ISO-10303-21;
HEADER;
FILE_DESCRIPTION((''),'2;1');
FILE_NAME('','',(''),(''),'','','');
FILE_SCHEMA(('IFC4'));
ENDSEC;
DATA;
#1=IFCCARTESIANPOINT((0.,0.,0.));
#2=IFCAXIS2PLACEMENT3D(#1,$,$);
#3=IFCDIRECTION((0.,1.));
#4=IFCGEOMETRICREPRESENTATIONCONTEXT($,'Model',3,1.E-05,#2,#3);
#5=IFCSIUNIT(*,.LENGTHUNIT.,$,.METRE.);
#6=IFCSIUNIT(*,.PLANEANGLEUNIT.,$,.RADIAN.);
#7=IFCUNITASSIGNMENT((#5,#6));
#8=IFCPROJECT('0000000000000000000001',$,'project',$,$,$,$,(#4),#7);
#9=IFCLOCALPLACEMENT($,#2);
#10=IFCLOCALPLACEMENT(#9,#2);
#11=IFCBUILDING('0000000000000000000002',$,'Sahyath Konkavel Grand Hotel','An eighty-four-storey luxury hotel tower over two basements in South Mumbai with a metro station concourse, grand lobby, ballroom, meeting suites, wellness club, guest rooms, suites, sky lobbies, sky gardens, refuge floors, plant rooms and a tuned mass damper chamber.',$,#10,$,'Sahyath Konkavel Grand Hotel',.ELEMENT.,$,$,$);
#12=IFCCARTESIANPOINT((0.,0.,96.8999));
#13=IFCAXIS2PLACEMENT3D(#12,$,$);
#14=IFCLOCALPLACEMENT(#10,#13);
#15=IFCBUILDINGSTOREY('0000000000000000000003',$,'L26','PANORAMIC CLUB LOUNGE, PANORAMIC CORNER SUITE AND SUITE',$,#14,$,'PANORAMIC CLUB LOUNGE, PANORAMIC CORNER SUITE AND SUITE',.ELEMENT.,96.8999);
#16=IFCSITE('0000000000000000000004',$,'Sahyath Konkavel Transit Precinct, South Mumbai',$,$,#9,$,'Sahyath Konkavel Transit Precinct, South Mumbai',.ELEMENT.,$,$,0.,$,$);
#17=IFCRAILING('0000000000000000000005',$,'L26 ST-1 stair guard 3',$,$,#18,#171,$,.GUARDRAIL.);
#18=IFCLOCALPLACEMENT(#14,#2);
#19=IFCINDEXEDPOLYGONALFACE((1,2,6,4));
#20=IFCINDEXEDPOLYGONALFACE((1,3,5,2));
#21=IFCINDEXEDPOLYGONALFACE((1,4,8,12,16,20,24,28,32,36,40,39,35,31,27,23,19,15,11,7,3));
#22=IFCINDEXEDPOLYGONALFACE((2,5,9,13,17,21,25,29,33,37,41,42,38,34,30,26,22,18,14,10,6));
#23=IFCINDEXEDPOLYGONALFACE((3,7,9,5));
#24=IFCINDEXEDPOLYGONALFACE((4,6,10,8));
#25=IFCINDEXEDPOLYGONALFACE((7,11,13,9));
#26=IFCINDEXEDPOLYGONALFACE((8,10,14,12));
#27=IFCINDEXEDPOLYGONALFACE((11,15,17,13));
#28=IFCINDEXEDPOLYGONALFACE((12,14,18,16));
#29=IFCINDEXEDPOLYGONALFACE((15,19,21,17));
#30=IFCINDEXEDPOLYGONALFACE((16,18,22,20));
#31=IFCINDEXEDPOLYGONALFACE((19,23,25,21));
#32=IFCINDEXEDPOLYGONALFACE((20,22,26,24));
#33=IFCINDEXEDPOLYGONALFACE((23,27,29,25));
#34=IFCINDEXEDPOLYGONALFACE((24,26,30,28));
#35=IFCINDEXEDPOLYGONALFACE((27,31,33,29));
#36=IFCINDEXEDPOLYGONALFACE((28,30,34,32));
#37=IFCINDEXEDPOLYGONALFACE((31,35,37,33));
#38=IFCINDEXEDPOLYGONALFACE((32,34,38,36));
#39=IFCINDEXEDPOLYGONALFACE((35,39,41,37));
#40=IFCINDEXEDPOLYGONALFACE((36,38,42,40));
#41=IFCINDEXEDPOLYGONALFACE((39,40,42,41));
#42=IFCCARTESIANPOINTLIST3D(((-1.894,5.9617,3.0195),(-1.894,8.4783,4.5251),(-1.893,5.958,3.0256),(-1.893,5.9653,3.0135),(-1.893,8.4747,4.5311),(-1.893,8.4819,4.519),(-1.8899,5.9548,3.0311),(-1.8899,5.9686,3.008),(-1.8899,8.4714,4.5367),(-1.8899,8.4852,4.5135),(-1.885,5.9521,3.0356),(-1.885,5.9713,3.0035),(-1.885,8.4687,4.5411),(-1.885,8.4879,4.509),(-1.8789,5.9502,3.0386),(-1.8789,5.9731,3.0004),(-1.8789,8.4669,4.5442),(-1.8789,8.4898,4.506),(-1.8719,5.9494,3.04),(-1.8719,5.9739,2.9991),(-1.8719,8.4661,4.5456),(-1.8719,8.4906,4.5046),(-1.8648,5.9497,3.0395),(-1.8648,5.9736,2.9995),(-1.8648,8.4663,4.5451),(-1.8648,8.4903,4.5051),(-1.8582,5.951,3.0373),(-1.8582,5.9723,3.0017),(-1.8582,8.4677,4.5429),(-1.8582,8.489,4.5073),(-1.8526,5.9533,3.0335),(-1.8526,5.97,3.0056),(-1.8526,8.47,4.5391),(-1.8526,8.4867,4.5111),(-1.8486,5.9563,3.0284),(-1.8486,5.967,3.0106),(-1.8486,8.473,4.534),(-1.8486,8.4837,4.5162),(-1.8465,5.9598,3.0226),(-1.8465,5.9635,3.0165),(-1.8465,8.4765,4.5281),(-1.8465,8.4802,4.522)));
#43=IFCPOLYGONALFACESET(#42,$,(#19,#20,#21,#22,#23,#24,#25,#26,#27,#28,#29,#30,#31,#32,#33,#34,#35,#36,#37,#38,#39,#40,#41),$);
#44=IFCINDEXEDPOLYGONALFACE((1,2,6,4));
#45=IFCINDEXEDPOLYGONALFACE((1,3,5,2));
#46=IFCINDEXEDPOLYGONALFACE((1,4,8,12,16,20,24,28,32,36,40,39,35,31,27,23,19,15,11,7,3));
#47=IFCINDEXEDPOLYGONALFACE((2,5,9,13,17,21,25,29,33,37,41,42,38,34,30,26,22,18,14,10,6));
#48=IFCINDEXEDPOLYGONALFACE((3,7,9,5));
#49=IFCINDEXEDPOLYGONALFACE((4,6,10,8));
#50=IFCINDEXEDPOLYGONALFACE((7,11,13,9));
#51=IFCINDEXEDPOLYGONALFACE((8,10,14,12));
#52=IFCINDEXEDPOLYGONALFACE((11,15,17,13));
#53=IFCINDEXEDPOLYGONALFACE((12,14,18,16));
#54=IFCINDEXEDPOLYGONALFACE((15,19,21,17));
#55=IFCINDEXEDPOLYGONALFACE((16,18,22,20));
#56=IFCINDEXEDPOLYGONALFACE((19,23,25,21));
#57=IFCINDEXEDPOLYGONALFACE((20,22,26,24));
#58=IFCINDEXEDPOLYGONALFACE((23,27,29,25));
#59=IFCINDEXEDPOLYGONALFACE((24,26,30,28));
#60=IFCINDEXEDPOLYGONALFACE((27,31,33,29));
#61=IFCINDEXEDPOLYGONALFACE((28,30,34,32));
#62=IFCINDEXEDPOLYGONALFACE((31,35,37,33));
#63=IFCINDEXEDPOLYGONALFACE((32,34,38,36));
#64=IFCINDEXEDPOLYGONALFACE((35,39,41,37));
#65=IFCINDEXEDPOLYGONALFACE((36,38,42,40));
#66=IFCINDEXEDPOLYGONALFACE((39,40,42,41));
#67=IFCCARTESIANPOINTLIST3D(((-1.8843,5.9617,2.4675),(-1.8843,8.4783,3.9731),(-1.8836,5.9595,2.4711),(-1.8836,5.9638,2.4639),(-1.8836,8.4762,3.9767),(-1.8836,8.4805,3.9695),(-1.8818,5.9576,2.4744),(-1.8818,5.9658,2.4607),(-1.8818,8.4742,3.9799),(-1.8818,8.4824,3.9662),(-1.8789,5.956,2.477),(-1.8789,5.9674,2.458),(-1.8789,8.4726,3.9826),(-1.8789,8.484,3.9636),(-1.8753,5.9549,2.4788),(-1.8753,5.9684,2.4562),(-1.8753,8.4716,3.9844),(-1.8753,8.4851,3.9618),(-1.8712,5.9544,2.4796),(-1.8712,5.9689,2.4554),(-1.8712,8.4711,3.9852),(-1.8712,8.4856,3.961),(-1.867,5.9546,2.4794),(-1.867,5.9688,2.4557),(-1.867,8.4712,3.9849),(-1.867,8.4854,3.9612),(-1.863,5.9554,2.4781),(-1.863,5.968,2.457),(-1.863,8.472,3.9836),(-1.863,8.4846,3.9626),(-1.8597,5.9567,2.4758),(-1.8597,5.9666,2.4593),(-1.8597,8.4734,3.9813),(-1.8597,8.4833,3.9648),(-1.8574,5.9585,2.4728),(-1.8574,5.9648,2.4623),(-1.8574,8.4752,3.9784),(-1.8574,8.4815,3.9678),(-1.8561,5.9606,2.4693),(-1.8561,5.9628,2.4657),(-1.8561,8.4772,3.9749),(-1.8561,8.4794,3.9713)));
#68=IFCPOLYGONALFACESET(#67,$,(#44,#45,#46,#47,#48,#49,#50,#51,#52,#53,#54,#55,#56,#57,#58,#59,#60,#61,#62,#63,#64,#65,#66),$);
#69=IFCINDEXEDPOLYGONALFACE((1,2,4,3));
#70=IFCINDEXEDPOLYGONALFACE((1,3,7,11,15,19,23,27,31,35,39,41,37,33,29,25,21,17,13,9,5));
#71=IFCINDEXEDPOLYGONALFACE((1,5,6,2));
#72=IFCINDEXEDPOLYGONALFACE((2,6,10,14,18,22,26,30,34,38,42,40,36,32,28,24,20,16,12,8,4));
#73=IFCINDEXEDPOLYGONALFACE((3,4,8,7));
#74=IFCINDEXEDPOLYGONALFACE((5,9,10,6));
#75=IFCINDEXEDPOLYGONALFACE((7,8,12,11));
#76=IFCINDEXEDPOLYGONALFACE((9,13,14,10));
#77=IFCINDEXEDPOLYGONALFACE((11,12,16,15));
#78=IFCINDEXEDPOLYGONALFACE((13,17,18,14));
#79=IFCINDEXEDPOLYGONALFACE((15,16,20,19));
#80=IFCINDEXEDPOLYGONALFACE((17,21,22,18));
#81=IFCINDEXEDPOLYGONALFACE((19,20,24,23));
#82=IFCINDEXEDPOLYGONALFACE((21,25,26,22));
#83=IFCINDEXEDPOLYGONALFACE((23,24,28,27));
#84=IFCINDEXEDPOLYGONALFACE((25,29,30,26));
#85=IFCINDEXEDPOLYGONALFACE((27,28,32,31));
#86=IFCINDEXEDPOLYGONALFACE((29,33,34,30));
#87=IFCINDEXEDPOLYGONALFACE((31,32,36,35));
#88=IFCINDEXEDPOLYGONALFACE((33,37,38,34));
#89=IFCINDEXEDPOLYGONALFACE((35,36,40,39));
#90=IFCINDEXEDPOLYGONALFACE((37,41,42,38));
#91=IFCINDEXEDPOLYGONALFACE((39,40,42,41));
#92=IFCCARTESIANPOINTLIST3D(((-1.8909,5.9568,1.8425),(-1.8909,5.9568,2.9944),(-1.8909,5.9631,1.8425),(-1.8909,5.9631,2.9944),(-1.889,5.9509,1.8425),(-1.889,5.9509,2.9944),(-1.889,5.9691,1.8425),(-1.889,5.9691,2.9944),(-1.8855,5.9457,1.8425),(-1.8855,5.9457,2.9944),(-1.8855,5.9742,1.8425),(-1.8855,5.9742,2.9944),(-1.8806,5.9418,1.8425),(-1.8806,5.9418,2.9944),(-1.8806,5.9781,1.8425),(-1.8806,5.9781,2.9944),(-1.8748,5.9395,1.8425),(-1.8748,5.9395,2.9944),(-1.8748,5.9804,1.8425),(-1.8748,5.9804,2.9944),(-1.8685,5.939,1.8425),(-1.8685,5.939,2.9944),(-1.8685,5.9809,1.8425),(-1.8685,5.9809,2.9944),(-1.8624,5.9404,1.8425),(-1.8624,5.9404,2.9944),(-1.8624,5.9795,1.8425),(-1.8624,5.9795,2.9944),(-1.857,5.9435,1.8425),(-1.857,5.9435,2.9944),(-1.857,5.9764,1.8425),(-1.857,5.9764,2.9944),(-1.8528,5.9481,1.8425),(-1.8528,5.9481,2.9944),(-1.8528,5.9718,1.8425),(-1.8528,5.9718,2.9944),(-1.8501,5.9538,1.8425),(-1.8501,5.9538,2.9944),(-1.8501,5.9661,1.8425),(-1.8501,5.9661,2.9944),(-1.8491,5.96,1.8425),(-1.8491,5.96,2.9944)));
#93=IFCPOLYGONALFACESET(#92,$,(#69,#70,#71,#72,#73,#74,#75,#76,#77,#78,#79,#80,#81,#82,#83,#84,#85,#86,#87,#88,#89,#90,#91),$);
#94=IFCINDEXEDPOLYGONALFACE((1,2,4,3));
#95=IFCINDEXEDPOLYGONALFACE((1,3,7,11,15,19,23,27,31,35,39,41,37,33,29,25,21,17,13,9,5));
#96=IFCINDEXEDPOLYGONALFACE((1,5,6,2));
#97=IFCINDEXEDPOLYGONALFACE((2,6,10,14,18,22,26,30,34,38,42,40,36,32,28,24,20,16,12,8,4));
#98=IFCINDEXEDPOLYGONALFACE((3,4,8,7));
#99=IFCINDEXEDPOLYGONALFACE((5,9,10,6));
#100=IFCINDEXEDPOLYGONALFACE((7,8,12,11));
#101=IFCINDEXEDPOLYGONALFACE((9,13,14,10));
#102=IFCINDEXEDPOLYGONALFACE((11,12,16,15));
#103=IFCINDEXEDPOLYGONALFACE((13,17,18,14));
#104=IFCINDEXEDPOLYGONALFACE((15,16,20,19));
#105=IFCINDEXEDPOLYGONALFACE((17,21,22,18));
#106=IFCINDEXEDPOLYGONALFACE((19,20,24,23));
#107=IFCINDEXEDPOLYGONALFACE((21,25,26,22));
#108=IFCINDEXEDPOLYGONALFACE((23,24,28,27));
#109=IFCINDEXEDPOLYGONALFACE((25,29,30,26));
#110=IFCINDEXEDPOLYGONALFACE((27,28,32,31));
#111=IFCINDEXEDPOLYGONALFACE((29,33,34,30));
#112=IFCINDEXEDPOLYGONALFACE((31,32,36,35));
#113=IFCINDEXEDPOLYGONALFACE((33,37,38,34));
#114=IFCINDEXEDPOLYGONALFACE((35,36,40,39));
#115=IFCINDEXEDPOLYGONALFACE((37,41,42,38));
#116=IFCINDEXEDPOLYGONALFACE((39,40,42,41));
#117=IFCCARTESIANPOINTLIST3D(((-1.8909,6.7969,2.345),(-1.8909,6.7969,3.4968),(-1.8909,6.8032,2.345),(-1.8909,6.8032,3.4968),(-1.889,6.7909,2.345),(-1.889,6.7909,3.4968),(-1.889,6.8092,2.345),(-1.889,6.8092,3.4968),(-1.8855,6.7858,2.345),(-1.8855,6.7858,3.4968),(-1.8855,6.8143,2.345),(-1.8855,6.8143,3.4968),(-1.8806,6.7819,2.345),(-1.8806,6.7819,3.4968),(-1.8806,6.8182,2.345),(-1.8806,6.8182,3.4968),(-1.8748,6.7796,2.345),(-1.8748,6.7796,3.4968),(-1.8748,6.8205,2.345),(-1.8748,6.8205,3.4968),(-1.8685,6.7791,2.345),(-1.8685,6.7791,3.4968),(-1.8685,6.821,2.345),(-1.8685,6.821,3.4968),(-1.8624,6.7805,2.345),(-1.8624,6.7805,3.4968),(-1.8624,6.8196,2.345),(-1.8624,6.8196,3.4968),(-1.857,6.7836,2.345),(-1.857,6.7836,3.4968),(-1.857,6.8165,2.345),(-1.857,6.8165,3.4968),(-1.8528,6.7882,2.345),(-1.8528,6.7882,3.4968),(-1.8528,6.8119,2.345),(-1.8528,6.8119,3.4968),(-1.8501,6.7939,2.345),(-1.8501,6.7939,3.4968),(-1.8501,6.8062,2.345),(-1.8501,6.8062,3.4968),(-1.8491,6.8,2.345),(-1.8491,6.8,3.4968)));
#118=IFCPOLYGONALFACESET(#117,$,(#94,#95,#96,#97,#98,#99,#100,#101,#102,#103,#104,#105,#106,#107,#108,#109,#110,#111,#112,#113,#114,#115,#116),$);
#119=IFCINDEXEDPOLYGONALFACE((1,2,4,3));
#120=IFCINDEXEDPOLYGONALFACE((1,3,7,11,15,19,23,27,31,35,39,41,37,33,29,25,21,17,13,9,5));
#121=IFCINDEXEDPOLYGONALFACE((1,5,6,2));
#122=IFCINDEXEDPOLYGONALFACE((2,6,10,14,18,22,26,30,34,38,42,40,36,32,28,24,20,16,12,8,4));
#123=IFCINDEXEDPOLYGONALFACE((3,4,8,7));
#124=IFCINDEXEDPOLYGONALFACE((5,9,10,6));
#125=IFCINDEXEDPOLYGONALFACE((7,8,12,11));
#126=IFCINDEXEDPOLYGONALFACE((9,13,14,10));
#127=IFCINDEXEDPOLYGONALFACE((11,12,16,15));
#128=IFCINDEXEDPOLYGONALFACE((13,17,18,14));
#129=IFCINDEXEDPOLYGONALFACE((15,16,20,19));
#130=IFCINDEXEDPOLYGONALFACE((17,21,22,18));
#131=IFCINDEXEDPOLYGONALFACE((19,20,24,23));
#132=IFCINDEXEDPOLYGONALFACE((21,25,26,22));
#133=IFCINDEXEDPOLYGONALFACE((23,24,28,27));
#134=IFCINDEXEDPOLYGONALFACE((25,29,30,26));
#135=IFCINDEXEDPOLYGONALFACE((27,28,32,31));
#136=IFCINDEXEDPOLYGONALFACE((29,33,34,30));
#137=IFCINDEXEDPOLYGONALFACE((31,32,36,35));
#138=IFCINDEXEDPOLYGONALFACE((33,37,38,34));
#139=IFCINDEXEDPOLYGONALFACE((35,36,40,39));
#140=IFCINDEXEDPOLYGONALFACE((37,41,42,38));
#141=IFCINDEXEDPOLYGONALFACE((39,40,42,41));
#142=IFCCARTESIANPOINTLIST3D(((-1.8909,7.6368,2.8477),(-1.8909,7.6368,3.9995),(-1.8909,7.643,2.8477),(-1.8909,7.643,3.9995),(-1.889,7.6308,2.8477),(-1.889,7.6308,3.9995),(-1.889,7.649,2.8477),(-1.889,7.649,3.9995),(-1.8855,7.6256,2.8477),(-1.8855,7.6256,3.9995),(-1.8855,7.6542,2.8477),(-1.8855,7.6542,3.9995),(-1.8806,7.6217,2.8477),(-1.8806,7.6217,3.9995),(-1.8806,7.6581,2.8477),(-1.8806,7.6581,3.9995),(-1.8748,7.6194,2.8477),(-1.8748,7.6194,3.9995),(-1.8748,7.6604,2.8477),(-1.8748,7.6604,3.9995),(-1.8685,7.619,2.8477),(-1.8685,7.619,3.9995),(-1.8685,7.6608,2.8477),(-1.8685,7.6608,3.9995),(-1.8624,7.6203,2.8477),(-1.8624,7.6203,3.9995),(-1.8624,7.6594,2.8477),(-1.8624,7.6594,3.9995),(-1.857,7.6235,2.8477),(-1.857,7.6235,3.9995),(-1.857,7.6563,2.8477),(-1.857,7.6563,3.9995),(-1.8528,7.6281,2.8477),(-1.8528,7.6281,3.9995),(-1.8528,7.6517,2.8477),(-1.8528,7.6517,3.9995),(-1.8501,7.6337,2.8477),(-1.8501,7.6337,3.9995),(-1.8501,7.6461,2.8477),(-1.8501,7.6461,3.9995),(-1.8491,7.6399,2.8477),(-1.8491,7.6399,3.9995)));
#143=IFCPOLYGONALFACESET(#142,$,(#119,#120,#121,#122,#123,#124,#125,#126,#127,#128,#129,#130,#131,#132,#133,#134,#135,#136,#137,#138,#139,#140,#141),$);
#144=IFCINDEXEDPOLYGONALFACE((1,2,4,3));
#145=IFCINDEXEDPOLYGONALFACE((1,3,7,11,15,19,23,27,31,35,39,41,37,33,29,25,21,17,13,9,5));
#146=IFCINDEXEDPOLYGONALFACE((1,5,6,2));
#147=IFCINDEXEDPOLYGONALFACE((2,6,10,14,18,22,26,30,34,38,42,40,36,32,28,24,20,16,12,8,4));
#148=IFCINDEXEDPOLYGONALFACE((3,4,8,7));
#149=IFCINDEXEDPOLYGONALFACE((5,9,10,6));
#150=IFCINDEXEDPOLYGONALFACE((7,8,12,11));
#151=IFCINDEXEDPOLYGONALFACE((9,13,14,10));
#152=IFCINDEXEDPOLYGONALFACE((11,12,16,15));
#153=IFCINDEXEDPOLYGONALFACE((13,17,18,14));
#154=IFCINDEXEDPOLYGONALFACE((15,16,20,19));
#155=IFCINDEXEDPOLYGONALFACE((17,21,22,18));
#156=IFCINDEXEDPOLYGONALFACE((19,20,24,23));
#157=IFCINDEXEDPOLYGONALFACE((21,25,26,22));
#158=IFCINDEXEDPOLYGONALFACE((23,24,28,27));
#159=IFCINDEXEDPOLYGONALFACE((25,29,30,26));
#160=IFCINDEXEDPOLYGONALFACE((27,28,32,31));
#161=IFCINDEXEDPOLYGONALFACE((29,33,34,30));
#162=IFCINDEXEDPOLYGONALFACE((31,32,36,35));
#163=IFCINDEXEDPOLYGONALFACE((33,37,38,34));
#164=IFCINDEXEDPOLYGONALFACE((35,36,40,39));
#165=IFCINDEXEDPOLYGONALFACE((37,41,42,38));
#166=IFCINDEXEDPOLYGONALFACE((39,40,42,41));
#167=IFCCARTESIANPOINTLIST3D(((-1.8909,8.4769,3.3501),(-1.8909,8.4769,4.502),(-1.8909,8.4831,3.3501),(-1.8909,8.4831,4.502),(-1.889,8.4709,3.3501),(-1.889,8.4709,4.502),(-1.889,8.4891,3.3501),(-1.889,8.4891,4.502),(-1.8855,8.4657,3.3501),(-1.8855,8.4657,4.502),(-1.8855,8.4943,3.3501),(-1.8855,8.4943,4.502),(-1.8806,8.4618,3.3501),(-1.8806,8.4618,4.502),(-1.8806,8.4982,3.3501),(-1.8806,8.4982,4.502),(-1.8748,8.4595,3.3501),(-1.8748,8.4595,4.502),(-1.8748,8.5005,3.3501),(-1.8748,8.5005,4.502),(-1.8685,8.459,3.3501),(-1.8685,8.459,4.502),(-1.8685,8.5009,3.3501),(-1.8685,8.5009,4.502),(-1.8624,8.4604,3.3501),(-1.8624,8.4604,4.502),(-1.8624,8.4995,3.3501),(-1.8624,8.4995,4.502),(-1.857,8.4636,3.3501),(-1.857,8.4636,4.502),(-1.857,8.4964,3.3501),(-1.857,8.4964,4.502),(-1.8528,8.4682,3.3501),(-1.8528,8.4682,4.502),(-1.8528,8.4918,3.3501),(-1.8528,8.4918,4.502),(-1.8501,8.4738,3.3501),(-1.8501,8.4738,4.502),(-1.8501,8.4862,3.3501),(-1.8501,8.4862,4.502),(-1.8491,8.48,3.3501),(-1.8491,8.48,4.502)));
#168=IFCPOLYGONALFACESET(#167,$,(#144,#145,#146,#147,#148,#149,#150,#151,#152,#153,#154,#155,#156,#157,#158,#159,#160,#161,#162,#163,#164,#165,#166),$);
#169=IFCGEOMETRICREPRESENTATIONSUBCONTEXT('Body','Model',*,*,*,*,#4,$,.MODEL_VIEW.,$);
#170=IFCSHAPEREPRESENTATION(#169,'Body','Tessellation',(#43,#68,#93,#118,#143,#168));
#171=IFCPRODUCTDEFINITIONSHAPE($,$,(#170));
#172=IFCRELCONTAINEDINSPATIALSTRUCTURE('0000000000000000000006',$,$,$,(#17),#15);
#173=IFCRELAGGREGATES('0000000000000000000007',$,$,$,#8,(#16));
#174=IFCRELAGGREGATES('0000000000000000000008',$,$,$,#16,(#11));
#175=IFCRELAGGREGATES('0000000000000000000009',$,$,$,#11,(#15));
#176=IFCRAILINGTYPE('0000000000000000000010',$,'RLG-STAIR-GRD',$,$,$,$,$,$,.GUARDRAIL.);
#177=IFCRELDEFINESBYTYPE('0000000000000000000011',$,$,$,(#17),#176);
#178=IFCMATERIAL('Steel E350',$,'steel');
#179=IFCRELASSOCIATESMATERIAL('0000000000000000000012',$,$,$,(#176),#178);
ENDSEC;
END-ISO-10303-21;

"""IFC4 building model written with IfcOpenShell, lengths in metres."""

from ifc_helpers import new_model, si_unit, direction, frame, origin, origin_2d, place, context, subcontext, project, spatial, circle, extrude, material, type_object, element, save


model = new_model("IFC4")

# Units and contexts
model_context = context("Model", 3, precision=1e-05, world=origin(), true_north=direction((0.0, 1.0)))
body_context = subcontext(model_context, "Body", "Model", "MODEL_VIEW")
ifc_project = project(units=[si_unit("LENGTHUNIT", "METRE"), si_unit("PLANEANGLEUNIT", "RADIAN")], contexts=[model_context])

# Site, building, storey
site_placement = place(None, origin())
site = spatial("IfcSite", under=ifc_project, at=site_placement, Name="Sahyath Konkavel Transit Precinct, South Mumbai", LongName="Sahyath Konkavel Transit Precinct, South Mumbai", CompositionType="ELEMENT", RefElevation=0.0)
building_placement = place(site_placement, origin())
building = spatial("IfcBuilding", under=site, at=building_placement, Name="Sahyath Konkavel Grand Hotel", Description="An eighty-four-storey luxury hotel tower over two basements in South Mumbai with a metro station concourse, grand lobby, ballroom, meeting suites, wellness club, guest rooms, suites, sky lobbies, sky gardens, refuge floors, plant rooms and a tuned mass damper chamber.", LongName="Sahyath Konkavel Grand Hotel", CompositionType="ELEMENT")
storey_placement = place(building_placement, frame((0.0, 0.0, 96.8999)))
storey = spatial("IfcBuildingStorey", under=building, at=storey_placement, Name="L26", Description="PANORAMIC CLUB LOUNGE, PANORAMIC CORNER SUITE AND SUITE", LongName="PANORAMIC CLUB LOUNGE, PANORAMIC CORNER SUITE AND SUITE", CompositionType="ELEMENT", Elevation=96.8999)

# Shared definitions
ifc_material_1 = material(Name="Steel E350", Category="steel")

# Railing
railing_type_1 = type_object("IfcRailingType", Name="RLG-STAIR-GRD", PredefinedType="GUARDRAIL", material=ifc_material_1)
railing_1_placement = place(storey_placement, frame((-1.8701, 5.96, 1.8425)))
element("IfcRailing", 1, at=railing_1_placement, inside=storey, type_object=railing_type_1, Name="L26 ST-1 stair guard 3", PredefinedType="GUARDRAIL", context=body_context, shape_type="SweptSolid", body=[
    extrude(circle(Radius=0.0239, at=origin_2d()), frame((0.0, 0.0017, 1.177), z_axis=(0.0, 0.85816, 0.513383), x_axis=(-1.0, 0.0, 0.0)), (0.0, 0.0, 1.0), 2.9326),
    extrude(circle(Radius=0.0142, at=origin_2d()), frame((0.0, 0.0017, 0.625), z_axis=(0.0, 0.85816, 0.513383), x_axis=(-1.0, 0.0, 0.0)), (0.0, 0.0, 1.0), 2.9326),
    extrude(circle(Radius=0.021, at=origin_2d()), origin(), (0.0, 0.0, 1.0), 1.1519),
    extrude(circle(Radius=0.021, at=origin_2d()), frame((0.0, 0.8401, 0.5024)), (0.0, 0.0, 1.0), 1.1519),
    extrude(circle(Radius=0.021, at=origin_2d()), frame((0.0, 1.6799, 1.0051)), (0.0, 0.0, 1.0), 1.1519),
    extrude(circle(Radius=0.021, at=origin_2d()), frame((0.0, 2.52, 1.5076)), (0.0, 0.0, 1.0), 1.1519),
])

save(model, "model.ifc")
